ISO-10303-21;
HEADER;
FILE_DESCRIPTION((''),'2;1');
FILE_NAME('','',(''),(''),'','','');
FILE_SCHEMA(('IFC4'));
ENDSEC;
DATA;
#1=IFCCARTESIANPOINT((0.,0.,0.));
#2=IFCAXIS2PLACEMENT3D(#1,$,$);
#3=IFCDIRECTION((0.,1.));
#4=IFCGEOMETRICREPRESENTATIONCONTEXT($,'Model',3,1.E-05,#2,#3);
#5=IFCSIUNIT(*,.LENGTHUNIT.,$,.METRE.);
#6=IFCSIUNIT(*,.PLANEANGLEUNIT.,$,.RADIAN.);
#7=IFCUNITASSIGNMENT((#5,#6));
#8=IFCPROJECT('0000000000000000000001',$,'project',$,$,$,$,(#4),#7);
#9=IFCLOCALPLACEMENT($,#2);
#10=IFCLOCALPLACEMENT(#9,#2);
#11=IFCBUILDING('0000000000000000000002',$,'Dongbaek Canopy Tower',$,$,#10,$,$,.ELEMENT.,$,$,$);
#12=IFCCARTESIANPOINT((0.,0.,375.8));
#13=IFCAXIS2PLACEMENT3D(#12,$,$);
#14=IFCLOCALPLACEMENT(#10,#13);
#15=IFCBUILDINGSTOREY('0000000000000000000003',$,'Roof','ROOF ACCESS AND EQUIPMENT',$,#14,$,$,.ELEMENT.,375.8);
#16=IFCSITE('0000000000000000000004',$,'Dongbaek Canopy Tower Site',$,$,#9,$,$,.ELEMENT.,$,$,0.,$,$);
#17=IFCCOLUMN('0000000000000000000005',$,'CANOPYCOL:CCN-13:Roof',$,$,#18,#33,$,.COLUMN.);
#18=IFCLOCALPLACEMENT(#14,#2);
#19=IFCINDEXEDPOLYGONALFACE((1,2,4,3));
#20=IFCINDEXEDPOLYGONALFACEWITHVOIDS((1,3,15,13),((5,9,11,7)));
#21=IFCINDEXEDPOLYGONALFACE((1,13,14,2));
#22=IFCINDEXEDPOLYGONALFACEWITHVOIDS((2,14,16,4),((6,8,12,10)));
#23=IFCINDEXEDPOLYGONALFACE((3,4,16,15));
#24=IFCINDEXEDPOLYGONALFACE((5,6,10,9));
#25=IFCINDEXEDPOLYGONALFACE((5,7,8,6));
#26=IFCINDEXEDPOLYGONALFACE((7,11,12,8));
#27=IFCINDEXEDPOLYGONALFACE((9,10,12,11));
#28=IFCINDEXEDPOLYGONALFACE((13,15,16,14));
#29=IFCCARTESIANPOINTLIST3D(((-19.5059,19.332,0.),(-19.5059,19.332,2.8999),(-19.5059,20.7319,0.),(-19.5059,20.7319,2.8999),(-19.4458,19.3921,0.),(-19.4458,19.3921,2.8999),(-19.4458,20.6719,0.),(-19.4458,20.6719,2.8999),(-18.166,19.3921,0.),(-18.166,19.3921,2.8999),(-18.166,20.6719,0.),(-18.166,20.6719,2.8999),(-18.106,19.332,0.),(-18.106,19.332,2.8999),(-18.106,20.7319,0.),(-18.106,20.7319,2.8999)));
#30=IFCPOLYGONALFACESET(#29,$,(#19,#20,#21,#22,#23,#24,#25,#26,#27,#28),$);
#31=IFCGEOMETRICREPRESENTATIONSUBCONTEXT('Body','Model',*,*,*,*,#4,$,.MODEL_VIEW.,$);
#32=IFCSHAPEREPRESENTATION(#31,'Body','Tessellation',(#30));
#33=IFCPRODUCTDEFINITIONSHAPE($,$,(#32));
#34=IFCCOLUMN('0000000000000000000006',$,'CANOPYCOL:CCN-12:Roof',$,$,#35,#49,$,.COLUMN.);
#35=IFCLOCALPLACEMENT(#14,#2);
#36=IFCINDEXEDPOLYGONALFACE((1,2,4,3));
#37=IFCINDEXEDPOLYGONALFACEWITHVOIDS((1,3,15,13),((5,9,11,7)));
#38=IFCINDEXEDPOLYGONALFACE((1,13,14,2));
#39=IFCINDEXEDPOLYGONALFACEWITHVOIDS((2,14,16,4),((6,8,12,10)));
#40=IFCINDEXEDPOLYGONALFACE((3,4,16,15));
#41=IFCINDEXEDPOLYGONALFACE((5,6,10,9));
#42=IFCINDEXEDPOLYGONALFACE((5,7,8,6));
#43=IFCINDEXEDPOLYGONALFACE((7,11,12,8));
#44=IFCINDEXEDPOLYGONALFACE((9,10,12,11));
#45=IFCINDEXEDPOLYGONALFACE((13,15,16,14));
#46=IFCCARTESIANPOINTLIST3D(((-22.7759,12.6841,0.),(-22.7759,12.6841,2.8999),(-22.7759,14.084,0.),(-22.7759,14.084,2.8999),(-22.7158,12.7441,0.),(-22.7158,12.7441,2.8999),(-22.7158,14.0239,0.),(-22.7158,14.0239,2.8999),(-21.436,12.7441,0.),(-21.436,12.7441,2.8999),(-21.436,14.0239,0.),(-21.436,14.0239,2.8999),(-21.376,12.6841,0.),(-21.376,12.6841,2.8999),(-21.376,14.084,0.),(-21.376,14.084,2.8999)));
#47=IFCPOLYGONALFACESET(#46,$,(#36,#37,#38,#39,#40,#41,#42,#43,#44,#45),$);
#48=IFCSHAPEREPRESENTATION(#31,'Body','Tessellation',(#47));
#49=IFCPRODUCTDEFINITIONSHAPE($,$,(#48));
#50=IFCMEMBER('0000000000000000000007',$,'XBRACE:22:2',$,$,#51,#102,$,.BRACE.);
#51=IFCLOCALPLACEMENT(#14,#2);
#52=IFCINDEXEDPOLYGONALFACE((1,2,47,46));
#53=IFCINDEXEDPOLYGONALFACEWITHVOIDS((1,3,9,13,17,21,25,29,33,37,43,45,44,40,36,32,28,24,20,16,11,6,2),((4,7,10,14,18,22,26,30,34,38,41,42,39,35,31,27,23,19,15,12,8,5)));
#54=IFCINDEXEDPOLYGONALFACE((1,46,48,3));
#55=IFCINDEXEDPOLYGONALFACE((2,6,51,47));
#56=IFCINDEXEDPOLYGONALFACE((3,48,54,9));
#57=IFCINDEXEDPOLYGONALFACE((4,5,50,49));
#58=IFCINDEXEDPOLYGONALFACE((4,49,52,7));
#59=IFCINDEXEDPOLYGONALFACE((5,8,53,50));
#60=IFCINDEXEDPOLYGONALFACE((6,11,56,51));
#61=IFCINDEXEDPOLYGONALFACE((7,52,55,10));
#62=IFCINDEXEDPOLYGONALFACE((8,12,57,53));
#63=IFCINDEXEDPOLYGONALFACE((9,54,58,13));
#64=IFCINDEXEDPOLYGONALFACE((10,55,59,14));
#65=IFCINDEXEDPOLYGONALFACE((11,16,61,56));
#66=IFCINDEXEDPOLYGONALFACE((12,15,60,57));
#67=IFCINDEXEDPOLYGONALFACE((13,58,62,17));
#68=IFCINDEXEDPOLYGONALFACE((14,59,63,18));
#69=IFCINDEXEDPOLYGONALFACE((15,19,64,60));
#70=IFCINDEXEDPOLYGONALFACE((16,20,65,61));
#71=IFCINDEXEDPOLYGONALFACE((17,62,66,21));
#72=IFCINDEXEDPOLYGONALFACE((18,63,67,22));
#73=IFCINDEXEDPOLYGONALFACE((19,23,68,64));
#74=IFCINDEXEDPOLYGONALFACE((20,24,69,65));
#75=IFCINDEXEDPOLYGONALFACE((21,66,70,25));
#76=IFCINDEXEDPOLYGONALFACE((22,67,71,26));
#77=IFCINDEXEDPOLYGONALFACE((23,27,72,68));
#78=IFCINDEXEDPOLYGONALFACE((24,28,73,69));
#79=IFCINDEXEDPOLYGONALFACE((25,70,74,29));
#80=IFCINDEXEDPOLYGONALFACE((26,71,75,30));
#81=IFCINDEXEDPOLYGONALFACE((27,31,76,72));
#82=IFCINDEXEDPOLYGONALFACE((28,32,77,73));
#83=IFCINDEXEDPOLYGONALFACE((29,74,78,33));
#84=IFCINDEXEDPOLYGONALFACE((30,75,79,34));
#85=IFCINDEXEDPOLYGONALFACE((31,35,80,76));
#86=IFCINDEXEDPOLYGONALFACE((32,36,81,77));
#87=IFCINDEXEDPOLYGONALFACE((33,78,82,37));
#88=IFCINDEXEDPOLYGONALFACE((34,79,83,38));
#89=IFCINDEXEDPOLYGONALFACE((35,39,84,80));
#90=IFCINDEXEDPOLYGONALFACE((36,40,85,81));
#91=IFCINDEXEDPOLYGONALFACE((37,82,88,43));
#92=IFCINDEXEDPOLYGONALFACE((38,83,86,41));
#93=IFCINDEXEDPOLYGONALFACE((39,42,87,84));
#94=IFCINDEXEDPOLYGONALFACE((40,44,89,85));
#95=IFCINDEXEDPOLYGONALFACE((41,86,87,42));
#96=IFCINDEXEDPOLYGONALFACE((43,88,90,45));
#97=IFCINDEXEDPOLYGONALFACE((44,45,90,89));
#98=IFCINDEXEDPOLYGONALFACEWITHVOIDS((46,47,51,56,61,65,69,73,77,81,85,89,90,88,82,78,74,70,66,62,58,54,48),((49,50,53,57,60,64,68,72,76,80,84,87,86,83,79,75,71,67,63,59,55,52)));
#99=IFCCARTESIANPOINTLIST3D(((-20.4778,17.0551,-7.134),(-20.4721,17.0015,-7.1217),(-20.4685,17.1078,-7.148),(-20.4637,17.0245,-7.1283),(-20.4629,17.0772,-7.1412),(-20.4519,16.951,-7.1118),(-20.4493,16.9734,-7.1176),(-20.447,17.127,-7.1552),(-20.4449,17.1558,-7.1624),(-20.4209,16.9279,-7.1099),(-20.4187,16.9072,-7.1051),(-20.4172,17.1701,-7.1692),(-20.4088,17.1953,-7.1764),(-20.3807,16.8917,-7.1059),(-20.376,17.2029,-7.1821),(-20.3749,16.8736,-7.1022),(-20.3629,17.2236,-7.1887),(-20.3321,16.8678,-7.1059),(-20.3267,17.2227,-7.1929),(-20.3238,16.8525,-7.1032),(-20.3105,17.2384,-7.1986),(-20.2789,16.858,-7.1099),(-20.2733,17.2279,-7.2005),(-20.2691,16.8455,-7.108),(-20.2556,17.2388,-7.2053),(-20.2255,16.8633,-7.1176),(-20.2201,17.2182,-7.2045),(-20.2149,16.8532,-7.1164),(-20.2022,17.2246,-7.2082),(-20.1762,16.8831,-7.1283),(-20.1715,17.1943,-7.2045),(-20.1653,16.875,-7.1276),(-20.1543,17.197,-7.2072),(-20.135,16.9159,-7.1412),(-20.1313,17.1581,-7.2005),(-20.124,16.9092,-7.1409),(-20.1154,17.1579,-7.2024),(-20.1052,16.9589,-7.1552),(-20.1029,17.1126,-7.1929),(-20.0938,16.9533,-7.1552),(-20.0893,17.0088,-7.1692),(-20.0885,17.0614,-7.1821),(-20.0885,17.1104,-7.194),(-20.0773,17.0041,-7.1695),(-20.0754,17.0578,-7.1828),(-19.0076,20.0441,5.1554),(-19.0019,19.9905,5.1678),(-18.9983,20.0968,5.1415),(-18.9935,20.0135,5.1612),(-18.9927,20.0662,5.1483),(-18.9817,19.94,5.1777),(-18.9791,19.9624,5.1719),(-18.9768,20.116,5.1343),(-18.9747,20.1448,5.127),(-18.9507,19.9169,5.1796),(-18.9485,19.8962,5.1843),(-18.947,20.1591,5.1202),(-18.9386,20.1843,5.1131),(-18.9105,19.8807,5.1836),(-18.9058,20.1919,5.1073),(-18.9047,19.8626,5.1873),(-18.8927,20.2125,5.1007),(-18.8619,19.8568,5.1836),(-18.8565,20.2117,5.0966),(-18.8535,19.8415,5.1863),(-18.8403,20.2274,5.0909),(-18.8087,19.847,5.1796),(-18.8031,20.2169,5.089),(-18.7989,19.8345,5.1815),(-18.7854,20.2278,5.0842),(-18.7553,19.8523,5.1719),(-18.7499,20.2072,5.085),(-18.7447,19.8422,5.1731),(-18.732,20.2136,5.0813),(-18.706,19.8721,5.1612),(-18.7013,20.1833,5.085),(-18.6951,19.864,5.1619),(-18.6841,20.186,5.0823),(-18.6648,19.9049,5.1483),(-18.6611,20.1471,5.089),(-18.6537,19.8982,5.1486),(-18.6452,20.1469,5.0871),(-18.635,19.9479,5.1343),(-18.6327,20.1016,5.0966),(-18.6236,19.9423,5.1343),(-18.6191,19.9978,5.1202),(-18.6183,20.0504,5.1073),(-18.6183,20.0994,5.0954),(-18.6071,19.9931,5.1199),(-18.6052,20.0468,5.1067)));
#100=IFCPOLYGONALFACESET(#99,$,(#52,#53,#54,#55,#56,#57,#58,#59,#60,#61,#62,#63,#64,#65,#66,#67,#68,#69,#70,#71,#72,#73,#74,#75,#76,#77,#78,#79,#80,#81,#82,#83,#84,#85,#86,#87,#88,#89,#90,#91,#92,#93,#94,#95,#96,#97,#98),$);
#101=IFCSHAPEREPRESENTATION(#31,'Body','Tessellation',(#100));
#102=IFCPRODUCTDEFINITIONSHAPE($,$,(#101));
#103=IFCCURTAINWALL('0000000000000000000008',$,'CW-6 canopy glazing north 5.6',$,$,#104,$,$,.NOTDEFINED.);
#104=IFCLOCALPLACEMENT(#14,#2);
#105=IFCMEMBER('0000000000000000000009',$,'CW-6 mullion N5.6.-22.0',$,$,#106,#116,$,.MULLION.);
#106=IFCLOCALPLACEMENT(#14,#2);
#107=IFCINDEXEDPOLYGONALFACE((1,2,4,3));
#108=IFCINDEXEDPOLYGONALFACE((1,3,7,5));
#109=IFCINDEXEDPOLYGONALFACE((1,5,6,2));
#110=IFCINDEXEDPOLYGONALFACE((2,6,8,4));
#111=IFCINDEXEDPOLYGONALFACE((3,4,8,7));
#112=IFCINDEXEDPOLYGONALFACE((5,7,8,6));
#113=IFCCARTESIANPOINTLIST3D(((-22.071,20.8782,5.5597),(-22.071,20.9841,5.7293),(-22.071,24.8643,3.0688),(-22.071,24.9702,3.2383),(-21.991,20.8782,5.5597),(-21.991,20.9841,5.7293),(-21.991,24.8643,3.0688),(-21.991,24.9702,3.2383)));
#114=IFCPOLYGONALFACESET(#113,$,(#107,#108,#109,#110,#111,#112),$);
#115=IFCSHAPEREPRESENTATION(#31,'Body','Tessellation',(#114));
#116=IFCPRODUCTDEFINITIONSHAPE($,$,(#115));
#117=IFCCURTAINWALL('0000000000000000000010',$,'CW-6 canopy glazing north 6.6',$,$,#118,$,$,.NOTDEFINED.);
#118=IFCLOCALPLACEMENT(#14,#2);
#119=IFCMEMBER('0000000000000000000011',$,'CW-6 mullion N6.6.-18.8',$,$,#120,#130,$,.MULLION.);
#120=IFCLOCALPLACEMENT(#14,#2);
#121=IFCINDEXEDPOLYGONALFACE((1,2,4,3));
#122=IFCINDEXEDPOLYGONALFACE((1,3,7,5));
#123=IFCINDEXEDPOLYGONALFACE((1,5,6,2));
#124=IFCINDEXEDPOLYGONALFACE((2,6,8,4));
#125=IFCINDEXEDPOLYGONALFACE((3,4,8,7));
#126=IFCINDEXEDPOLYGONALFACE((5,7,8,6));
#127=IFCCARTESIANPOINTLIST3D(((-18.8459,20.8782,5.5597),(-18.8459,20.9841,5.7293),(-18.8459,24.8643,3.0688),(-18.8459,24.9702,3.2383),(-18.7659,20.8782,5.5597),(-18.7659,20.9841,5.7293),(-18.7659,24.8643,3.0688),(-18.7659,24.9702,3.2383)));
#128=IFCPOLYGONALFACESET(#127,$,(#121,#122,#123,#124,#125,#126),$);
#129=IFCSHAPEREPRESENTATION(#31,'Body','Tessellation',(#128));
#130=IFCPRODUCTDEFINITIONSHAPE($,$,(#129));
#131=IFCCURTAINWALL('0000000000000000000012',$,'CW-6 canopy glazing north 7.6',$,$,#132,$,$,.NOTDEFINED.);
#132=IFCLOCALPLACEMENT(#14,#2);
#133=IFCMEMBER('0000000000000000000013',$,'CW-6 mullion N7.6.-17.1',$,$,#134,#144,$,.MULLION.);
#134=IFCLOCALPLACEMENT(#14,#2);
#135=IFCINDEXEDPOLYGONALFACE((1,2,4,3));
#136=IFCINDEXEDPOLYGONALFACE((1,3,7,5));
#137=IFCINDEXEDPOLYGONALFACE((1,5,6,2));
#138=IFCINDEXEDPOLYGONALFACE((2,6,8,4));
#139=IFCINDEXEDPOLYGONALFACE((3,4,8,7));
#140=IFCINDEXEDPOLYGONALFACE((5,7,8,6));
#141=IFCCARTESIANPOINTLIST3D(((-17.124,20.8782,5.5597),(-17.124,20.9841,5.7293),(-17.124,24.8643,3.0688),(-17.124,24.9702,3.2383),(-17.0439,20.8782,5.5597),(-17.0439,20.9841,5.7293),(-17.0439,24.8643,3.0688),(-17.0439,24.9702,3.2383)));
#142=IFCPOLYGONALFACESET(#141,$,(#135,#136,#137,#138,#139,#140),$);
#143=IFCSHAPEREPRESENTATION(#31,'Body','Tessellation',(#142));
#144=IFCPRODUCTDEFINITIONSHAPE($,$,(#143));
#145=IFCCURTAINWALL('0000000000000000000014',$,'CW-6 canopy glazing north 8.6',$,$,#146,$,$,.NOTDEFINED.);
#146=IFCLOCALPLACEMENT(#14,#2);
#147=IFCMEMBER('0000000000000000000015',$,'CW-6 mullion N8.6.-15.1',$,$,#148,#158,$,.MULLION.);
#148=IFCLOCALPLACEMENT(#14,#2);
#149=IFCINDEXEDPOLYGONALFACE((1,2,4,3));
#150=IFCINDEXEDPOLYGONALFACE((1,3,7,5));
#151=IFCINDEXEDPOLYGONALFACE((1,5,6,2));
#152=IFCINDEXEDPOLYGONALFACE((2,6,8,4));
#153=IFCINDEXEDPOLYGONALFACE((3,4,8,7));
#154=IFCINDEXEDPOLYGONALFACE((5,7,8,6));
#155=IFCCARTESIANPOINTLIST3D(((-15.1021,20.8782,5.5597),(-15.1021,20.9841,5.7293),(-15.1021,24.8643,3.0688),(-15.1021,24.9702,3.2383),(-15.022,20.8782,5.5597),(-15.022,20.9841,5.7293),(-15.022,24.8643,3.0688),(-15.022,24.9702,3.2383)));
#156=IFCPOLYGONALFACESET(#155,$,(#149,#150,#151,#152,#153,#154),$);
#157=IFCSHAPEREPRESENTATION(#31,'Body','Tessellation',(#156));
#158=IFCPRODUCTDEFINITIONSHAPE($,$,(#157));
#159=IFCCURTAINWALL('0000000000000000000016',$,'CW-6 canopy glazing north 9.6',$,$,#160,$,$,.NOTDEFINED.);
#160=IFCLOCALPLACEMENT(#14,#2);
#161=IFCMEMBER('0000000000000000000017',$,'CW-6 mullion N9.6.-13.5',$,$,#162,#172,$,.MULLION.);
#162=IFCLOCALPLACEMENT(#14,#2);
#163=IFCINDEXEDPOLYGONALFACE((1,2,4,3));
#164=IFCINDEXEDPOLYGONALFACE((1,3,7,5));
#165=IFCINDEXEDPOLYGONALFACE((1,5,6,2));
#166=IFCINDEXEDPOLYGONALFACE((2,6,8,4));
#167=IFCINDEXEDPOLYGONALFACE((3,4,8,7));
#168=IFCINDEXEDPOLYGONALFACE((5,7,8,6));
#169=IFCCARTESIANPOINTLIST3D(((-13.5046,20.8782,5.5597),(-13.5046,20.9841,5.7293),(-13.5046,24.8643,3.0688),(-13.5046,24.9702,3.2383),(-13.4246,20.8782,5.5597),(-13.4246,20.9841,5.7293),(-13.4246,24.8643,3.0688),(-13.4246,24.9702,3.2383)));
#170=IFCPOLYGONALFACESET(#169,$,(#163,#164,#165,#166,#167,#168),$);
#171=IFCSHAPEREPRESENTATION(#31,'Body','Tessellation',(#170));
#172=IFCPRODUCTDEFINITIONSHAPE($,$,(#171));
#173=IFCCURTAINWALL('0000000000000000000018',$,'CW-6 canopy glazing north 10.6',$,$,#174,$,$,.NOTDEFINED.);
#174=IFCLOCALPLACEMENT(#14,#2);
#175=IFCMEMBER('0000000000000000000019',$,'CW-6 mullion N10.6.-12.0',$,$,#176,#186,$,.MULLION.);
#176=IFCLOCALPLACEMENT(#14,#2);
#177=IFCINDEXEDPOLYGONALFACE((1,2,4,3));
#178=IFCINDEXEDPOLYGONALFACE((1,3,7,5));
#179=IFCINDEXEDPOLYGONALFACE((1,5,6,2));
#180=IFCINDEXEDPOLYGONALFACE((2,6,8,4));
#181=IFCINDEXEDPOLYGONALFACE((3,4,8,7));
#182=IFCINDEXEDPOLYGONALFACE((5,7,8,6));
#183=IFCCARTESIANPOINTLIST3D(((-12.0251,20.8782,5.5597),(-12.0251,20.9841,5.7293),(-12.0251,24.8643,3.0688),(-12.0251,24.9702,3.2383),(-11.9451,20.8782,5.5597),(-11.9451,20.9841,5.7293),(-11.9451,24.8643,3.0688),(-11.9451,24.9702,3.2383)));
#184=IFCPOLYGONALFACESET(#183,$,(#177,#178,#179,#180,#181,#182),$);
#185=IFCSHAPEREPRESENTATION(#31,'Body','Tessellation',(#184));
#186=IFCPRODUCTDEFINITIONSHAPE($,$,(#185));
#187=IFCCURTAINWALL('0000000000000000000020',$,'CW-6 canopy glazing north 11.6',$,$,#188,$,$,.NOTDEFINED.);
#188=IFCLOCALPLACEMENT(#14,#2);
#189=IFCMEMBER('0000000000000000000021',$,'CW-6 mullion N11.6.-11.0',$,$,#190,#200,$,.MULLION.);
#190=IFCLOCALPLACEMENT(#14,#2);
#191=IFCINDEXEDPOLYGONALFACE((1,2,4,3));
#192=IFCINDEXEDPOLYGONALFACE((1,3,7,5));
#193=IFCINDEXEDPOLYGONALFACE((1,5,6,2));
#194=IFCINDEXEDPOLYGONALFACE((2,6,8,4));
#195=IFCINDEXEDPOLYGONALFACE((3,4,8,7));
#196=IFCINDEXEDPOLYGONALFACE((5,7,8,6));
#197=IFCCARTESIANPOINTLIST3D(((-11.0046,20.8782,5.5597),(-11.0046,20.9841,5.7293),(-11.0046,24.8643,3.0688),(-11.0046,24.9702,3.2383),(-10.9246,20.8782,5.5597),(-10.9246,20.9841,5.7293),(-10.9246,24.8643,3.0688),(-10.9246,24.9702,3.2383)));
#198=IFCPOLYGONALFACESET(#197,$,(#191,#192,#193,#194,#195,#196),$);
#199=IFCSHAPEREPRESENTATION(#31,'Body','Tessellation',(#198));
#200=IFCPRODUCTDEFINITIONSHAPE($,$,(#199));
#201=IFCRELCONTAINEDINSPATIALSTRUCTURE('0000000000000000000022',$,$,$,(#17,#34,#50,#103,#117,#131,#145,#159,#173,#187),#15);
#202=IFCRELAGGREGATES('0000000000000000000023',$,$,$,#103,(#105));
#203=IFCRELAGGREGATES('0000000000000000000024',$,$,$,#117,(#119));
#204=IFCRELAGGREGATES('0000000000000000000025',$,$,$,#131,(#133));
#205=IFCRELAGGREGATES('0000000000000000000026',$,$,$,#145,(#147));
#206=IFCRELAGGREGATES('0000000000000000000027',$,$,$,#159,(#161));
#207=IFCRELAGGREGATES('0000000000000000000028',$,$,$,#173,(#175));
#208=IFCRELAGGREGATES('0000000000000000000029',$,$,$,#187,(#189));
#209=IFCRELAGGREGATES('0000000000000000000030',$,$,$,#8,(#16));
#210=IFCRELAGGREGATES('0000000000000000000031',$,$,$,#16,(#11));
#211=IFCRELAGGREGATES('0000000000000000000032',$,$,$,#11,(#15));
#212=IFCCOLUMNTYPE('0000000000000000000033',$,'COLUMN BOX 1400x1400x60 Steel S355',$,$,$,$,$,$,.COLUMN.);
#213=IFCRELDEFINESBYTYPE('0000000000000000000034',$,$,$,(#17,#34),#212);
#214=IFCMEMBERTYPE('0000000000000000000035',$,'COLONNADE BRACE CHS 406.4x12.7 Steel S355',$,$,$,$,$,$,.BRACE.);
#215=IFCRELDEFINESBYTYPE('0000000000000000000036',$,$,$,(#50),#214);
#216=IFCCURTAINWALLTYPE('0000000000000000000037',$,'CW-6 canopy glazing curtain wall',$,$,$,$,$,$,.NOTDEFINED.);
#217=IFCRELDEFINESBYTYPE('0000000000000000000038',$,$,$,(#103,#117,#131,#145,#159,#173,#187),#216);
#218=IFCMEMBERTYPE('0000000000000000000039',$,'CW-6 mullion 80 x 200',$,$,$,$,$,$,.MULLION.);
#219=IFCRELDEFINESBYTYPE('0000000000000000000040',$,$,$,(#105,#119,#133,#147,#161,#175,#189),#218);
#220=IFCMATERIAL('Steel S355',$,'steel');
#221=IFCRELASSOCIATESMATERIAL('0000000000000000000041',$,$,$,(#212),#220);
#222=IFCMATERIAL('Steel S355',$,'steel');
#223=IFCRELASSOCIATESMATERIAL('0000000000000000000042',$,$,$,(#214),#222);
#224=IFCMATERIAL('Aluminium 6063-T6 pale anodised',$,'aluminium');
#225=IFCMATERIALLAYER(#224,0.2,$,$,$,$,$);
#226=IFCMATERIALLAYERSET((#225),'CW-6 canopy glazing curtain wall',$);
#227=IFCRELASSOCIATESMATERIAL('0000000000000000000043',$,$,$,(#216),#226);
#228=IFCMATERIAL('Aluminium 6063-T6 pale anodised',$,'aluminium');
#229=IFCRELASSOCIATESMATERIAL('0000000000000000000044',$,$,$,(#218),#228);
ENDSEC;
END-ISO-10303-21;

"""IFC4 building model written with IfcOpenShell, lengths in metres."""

from ifc_helpers import new_model, si_unit, direction, frame, origin, origin_2d, place, context, subcontext, project, spatial, rectangle, hollow_rectangle, hollow_circle, extrude, material, layer, layer_set, material_profile, profile_set, type_object, element, aggregate, save


model = new_model("IFC4")

# Units and contexts
model_context = context("Model", 3, precision=1e-05, world=origin(), true_north=direction((0.0, 1.0)))
body_context = subcontext(model_context, "Body", "Model", "MODEL_VIEW")
ifc_project = project(units=[si_unit("LENGTHUNIT", "METRE"), si_unit("PLANEANGLEUNIT", "RADIAN")], contexts=[model_context])

# Site, building, storey
site_placement = place(None, origin())
site = spatial("IfcSite", under=ifc_project, at=site_placement, Name="Dongbaek Canopy Tower Site", CompositionType="ELEMENT", RefElevation=0.0)
building_placement = place(site_placement, origin())
building = spatial("IfcBuilding", under=site, at=building_placement, Name="Dongbaek Canopy Tower", CompositionType="ELEMENT")
storey_placement = place(building_placement, frame((0.0, 0.0, 375.8)))
storey = spatial("IfcBuildingStorey", under=building, at=storey_placement, Name="Roof", Description="ROOF ACCESS AND EQUIPMENT", CompositionType="ELEMENT", Elevation=375.8)

# Columns
ifc_material_1 = material(Name="Steel S355", Category="steel")
ifc_material_profile_1 = material_profile(ifc_material_1, hollow_rectangle(XDim=1.3999, YDim=1.3999, WallThickness=0.0601, at=origin_2d()), Name="COLUMN BOX 1400x1400x60 Steel S355")
ifc_profile_set_1 = profile_set([ifc_material_profile_1], Name="Steel S355")
column_type = type_object("IfcColumnType", Name="COLUMN BOX 1400x1400x60 Steel S355", PredefinedType="COLUMN", material=ifc_profile_set_1)
for number, where, z_axis, x_axis, name in (
    (1, (-18.8059, 20.032, 0.0), (0.0, 0.0, 1.0), (1.0, 0.0, 0.0), "CANOPYCOL:CCN-13:Roof"),
    (2, (-22.0759, 13.384, 0.0), (0.0, 0.0, 1.0), (1.0, 0.0, 0.0), "CANOPYCOL:CCN-12:Roof"),
):
    element("IfcColumn", number, at=place(storey_placement, frame(where, z_axis=z_axis, x_axis=x_axis)), inside=storey, type_object=column_type, Name=name, PredefinedType="COLUMN", context=body_context, shape_type="SweptSolid", body=[
        extrude(hollow_rectangle(XDim=1.3999, YDim=1.3999, WallThickness=0.0601, at=origin_2d()), origin(), (0.0, 0.0, 1.0), 2.8999),
    ])

# Member
ifc_material_2 = material(Name="Steel S355", Category="steel")
ifc_material_profile_2 = material_profile(ifc_material_2, hollow_circle(Radius=0.2031, WallThickness=0.0127, at=origin_2d()), Name="COLONNADE BRACE CHS 406.4x12.7 Steel S355")
ifc_profile_set_2 = profile_set([ifc_material_profile_2], Name="Steel S355")
member_type_1 = type_object("IfcMemberType", Name="COLONNADE BRACE CHS 406.4x12.7 Steel S355", PredefinedType="BRACE", material=ifc_profile_set_2)
member_1_placement = place(storey_placement, frame((-18.8059, 20.032, 5.1343), z_axis=(-0.115465, -0.234746, -0.965175), x_axis=(0.897325, -0.44137, 0.0)))
element("IfcMember", 3, at=member_1_placement, inside=storey, type_object=member_type_1, Name="XBRACE:22:2", PredefinedType="BRACE", context=body_context, shape_type="SweptSolid", body=[
    extrude(hollow_circle(Radius=0.2031, WallThickness=0.0127, at=origin_2d()), origin(), (0.0, 0.0, 1.0), 12.7329),
])

# Curtain walls, members
ifc_material_3 = material(Name="Aluminium 6063-T6 pale anodised", Category="aluminium")
ifc_layer_1 = layer(ifc_material_3, 0.2)
ifc_layer_set_1 = layer_set([ifc_layer_1], Name="CW-6 canopy glazing curtain wall")
curtain_wall_type = type_object("IfcCurtainWallType", Name="CW-6 canopy glazing curtain wall", PredefinedType="NOTDEFINED", material=ifc_layer_set_1)
curtain_wall_1_placement = place(storey_placement, origin())
curtain_wall_1 = element("IfcCurtainWall", 4, at=curtain_wall_1_placement, inside=storey, type_object=curtain_wall_type, Name="CW-6 canopy glazing north 5.6", PredefinedType="NOTDEFINED")
ifc_material_4 = material(Name="Aluminium 6063-T6 pale anodised", Category="aluminium")
ifc_material_profile_3 = material_profile(ifc_material_4, rectangle(XDim=0.0801, YDim=0.2, at=origin_2d()), Name="CW-6 mullion 80 x 200")
ifc_profile_set_3 = profile_set([ifc_material_profile_3], Name="Aluminium 6063-T6 pale anodised")
member_type_2 = type_object("IfcMemberType", Name="CW-6 mullion 80 x 200", PredefinedType="MULLION", material=ifc_profile_set_3)
member_2_placement = place(storey_placement, frame((-22.031, 20.9312, 5.6445), z_axis=(0.0, 0.84803, -0.529948), x_axis=(-1.0, 0.0, 0.0)))
member_2 = element("IfcMember", 5, at=member_2_placement, type_object=member_type_2, Name="CW-6 mullion N5.6.-22.0", PredefinedType="MULLION", context=body_context, shape_type="SweptSolid", body=[
    extrude(rectangle(XDim=0.0801, YDim=0.2, at=origin_2d()), origin(), (0.0, 0.0, 1.0), 4.7004),
])
aggregate(curtain_wall_1, [member_2])
curtain_wall_2_placement = place(storey_placement, origin())
curtain_wall_2 = element("IfcCurtainWall", 6, at=curtain_wall_2_placement, inside=storey, type_object=curtain_wall_type, Name="CW-6 canopy glazing north 6.6", PredefinedType="NOTDEFINED")
member_3_placement = place(storey_placement, frame((-18.8059, 20.9312, 5.6445), z_axis=(0.0, 0.84803, -0.529948), x_axis=(-1.0, 0.0, 0.0)))
member_3 = element("IfcMember", 7, at=member_3_placement, type_object=member_type_2, Name="CW-6 mullion N6.6.-18.8", PredefinedType="MULLION", context=body_context, shape_type="SweptSolid", body=[
    extrude(rectangle(XDim=0.0801, YDim=0.2, at=origin_2d()), origin(), (0.0, 0.0, 1.0), 4.7004),
])
aggregate(curtain_wall_2, [member_3])
curtain_wall_3_placement = place(storey_placement, origin())
curtain_wall_3 = element("IfcCurtainWall", 8, at=curtain_wall_3_placement, inside=storey, type_object=curtain_wall_type, Name="CW-6 canopy glazing north 7.6", PredefinedType="NOTDEFINED")
member_4_placement = place(storey_placement, frame((-17.084, 20.9312, 5.6445), z_axis=(0.0, 0.84803, -0.529948), x_axis=(-1.0, 0.0, 0.0)))
member_4 = element("IfcMember", 9, at=member_4_placement, type_object=member_type_2, Name="CW-6 mullion N7.6.-17.1", PredefinedType="MULLION", context=body_context, shape_type="SweptSolid", body=[
    extrude(rectangle(XDim=0.0801, YDim=0.2, at=origin_2d()), origin(), (0.0, 0.0, 1.0), 4.7004),
])
aggregate(curtain_wall_3, [member_4])
curtain_wall_4_placement = place(storey_placement, origin())
curtain_wall_4 = element("IfcCurtainWall", 10, at=curtain_wall_4_placement, inside=storey, type_object=curtain_wall_type, Name="CW-6 canopy glazing north 8.6", PredefinedType="NOTDEFINED")
member_5_placement = place(storey_placement, frame((-15.062, 20.9312, 5.6445), z_axis=(0.0, 0.84803, -0.529948), x_axis=(-1.0, 0.0, 0.0)))
member_5 = element("IfcMember", 11, at=member_5_placement, type_object=member_type_2, Name="CW-6 mullion N8.6.-15.1", PredefinedType="MULLION", context=body_context, shape_type="SweptSolid", body=[
    extrude(rectangle(XDim=0.0801, YDim=0.2, at=origin_2d()), origin(), (0.0, 0.0, 1.0), 4.7004),
])
aggregate(curtain_wall_4, [member_5])
curtain_wall_5_placement = place(storey_placement, origin())
curtain_wall_5 = element("IfcCurtainWall", 12, at=curtain_wall_5_placement, inside=storey, type_object=curtain_wall_type, Name="CW-6 canopy glazing north 9.6", PredefinedType="NOTDEFINED")
member_6_placement = place(storey_placement, frame((-13.4646, 20.9312, 5.6445), z_axis=(0.0, 0.84803, -0.529948), x_axis=(-1.0, 0.0, 0.0)))
member_6 = element("IfcMember", 13, at=member_6_placement, type_object=member_type_2, Name="CW-6 mullion N9.6.-13.5", PredefinedType="MULLION", context=body_context, shape_type="SweptSolid", body=[
    extrude(rectangle(XDim=0.0801, YDim=0.2, at=origin_2d()), origin(), (0.0, 0.0, 1.0), 4.7004),
])
aggregate(curtain_wall_5, [member_6])
curtain_wall_6_placement = place(storey_placement, origin())
curtain_wall_6 = element("IfcCurtainWall", 14, at=curtain_wall_6_placement, inside=storey, type_object=curtain_wall_type, Name="CW-6 canopy glazing north 10.6", PredefinedType="NOTDEFINED")
member_7_placement = place(storey_placement, frame((-11.9851, 20.9312, 5.6445), z_axis=(0.0, 0.84803, -0.529948), x_axis=(-1.0, 0.0, 0.0)))
member_7 = element("IfcMember", 15, at=member_7_placement, type_object=member_type_2, Name="CW-6 mullion N10.6.-12.0", PredefinedType="MULLION", context=body_context, shape_type="SweptSolid", body=[
    extrude(rectangle(XDim=0.0801, YDim=0.2, at=origin_2d()), origin(), (0.0, 0.0, 1.0), 4.7004),
])
aggregate(curtain_wall_6, [member_7])
curtain_wall_7_placement = place(storey_placement, origin())
curtain_wall_7 = element("IfcCurtainWall", 16, at=curtain_wall_7_placement, inside=storey, type_object=curtain_wall_type, Name="CW-6 canopy glazing north 11.6", PredefinedType="NOTDEFINED")
member_8_placement = place(storey_placement, frame((-10.9646, 20.9312, 5.6445), z_axis=(0.0, 0.84803, -0.529948), x_axis=(-1.0, 0.0, 0.0)))
member_8 = element("IfcMember", 17, at=member_8_placement, type_object=member_type_2, Name="CW-6 mullion N11.6.-11.0", PredefinedType="MULLION", context=body_context, shape_type="SweptSolid", body=[
    extrude(rectangle(XDim=0.0801, YDim=0.2, at=origin_2d()), origin(), (0.0, 0.0, 1.0), 4.7004),
])
aggregate(curtain_wall_7, [member_8])

save(model, "model.ifc")
